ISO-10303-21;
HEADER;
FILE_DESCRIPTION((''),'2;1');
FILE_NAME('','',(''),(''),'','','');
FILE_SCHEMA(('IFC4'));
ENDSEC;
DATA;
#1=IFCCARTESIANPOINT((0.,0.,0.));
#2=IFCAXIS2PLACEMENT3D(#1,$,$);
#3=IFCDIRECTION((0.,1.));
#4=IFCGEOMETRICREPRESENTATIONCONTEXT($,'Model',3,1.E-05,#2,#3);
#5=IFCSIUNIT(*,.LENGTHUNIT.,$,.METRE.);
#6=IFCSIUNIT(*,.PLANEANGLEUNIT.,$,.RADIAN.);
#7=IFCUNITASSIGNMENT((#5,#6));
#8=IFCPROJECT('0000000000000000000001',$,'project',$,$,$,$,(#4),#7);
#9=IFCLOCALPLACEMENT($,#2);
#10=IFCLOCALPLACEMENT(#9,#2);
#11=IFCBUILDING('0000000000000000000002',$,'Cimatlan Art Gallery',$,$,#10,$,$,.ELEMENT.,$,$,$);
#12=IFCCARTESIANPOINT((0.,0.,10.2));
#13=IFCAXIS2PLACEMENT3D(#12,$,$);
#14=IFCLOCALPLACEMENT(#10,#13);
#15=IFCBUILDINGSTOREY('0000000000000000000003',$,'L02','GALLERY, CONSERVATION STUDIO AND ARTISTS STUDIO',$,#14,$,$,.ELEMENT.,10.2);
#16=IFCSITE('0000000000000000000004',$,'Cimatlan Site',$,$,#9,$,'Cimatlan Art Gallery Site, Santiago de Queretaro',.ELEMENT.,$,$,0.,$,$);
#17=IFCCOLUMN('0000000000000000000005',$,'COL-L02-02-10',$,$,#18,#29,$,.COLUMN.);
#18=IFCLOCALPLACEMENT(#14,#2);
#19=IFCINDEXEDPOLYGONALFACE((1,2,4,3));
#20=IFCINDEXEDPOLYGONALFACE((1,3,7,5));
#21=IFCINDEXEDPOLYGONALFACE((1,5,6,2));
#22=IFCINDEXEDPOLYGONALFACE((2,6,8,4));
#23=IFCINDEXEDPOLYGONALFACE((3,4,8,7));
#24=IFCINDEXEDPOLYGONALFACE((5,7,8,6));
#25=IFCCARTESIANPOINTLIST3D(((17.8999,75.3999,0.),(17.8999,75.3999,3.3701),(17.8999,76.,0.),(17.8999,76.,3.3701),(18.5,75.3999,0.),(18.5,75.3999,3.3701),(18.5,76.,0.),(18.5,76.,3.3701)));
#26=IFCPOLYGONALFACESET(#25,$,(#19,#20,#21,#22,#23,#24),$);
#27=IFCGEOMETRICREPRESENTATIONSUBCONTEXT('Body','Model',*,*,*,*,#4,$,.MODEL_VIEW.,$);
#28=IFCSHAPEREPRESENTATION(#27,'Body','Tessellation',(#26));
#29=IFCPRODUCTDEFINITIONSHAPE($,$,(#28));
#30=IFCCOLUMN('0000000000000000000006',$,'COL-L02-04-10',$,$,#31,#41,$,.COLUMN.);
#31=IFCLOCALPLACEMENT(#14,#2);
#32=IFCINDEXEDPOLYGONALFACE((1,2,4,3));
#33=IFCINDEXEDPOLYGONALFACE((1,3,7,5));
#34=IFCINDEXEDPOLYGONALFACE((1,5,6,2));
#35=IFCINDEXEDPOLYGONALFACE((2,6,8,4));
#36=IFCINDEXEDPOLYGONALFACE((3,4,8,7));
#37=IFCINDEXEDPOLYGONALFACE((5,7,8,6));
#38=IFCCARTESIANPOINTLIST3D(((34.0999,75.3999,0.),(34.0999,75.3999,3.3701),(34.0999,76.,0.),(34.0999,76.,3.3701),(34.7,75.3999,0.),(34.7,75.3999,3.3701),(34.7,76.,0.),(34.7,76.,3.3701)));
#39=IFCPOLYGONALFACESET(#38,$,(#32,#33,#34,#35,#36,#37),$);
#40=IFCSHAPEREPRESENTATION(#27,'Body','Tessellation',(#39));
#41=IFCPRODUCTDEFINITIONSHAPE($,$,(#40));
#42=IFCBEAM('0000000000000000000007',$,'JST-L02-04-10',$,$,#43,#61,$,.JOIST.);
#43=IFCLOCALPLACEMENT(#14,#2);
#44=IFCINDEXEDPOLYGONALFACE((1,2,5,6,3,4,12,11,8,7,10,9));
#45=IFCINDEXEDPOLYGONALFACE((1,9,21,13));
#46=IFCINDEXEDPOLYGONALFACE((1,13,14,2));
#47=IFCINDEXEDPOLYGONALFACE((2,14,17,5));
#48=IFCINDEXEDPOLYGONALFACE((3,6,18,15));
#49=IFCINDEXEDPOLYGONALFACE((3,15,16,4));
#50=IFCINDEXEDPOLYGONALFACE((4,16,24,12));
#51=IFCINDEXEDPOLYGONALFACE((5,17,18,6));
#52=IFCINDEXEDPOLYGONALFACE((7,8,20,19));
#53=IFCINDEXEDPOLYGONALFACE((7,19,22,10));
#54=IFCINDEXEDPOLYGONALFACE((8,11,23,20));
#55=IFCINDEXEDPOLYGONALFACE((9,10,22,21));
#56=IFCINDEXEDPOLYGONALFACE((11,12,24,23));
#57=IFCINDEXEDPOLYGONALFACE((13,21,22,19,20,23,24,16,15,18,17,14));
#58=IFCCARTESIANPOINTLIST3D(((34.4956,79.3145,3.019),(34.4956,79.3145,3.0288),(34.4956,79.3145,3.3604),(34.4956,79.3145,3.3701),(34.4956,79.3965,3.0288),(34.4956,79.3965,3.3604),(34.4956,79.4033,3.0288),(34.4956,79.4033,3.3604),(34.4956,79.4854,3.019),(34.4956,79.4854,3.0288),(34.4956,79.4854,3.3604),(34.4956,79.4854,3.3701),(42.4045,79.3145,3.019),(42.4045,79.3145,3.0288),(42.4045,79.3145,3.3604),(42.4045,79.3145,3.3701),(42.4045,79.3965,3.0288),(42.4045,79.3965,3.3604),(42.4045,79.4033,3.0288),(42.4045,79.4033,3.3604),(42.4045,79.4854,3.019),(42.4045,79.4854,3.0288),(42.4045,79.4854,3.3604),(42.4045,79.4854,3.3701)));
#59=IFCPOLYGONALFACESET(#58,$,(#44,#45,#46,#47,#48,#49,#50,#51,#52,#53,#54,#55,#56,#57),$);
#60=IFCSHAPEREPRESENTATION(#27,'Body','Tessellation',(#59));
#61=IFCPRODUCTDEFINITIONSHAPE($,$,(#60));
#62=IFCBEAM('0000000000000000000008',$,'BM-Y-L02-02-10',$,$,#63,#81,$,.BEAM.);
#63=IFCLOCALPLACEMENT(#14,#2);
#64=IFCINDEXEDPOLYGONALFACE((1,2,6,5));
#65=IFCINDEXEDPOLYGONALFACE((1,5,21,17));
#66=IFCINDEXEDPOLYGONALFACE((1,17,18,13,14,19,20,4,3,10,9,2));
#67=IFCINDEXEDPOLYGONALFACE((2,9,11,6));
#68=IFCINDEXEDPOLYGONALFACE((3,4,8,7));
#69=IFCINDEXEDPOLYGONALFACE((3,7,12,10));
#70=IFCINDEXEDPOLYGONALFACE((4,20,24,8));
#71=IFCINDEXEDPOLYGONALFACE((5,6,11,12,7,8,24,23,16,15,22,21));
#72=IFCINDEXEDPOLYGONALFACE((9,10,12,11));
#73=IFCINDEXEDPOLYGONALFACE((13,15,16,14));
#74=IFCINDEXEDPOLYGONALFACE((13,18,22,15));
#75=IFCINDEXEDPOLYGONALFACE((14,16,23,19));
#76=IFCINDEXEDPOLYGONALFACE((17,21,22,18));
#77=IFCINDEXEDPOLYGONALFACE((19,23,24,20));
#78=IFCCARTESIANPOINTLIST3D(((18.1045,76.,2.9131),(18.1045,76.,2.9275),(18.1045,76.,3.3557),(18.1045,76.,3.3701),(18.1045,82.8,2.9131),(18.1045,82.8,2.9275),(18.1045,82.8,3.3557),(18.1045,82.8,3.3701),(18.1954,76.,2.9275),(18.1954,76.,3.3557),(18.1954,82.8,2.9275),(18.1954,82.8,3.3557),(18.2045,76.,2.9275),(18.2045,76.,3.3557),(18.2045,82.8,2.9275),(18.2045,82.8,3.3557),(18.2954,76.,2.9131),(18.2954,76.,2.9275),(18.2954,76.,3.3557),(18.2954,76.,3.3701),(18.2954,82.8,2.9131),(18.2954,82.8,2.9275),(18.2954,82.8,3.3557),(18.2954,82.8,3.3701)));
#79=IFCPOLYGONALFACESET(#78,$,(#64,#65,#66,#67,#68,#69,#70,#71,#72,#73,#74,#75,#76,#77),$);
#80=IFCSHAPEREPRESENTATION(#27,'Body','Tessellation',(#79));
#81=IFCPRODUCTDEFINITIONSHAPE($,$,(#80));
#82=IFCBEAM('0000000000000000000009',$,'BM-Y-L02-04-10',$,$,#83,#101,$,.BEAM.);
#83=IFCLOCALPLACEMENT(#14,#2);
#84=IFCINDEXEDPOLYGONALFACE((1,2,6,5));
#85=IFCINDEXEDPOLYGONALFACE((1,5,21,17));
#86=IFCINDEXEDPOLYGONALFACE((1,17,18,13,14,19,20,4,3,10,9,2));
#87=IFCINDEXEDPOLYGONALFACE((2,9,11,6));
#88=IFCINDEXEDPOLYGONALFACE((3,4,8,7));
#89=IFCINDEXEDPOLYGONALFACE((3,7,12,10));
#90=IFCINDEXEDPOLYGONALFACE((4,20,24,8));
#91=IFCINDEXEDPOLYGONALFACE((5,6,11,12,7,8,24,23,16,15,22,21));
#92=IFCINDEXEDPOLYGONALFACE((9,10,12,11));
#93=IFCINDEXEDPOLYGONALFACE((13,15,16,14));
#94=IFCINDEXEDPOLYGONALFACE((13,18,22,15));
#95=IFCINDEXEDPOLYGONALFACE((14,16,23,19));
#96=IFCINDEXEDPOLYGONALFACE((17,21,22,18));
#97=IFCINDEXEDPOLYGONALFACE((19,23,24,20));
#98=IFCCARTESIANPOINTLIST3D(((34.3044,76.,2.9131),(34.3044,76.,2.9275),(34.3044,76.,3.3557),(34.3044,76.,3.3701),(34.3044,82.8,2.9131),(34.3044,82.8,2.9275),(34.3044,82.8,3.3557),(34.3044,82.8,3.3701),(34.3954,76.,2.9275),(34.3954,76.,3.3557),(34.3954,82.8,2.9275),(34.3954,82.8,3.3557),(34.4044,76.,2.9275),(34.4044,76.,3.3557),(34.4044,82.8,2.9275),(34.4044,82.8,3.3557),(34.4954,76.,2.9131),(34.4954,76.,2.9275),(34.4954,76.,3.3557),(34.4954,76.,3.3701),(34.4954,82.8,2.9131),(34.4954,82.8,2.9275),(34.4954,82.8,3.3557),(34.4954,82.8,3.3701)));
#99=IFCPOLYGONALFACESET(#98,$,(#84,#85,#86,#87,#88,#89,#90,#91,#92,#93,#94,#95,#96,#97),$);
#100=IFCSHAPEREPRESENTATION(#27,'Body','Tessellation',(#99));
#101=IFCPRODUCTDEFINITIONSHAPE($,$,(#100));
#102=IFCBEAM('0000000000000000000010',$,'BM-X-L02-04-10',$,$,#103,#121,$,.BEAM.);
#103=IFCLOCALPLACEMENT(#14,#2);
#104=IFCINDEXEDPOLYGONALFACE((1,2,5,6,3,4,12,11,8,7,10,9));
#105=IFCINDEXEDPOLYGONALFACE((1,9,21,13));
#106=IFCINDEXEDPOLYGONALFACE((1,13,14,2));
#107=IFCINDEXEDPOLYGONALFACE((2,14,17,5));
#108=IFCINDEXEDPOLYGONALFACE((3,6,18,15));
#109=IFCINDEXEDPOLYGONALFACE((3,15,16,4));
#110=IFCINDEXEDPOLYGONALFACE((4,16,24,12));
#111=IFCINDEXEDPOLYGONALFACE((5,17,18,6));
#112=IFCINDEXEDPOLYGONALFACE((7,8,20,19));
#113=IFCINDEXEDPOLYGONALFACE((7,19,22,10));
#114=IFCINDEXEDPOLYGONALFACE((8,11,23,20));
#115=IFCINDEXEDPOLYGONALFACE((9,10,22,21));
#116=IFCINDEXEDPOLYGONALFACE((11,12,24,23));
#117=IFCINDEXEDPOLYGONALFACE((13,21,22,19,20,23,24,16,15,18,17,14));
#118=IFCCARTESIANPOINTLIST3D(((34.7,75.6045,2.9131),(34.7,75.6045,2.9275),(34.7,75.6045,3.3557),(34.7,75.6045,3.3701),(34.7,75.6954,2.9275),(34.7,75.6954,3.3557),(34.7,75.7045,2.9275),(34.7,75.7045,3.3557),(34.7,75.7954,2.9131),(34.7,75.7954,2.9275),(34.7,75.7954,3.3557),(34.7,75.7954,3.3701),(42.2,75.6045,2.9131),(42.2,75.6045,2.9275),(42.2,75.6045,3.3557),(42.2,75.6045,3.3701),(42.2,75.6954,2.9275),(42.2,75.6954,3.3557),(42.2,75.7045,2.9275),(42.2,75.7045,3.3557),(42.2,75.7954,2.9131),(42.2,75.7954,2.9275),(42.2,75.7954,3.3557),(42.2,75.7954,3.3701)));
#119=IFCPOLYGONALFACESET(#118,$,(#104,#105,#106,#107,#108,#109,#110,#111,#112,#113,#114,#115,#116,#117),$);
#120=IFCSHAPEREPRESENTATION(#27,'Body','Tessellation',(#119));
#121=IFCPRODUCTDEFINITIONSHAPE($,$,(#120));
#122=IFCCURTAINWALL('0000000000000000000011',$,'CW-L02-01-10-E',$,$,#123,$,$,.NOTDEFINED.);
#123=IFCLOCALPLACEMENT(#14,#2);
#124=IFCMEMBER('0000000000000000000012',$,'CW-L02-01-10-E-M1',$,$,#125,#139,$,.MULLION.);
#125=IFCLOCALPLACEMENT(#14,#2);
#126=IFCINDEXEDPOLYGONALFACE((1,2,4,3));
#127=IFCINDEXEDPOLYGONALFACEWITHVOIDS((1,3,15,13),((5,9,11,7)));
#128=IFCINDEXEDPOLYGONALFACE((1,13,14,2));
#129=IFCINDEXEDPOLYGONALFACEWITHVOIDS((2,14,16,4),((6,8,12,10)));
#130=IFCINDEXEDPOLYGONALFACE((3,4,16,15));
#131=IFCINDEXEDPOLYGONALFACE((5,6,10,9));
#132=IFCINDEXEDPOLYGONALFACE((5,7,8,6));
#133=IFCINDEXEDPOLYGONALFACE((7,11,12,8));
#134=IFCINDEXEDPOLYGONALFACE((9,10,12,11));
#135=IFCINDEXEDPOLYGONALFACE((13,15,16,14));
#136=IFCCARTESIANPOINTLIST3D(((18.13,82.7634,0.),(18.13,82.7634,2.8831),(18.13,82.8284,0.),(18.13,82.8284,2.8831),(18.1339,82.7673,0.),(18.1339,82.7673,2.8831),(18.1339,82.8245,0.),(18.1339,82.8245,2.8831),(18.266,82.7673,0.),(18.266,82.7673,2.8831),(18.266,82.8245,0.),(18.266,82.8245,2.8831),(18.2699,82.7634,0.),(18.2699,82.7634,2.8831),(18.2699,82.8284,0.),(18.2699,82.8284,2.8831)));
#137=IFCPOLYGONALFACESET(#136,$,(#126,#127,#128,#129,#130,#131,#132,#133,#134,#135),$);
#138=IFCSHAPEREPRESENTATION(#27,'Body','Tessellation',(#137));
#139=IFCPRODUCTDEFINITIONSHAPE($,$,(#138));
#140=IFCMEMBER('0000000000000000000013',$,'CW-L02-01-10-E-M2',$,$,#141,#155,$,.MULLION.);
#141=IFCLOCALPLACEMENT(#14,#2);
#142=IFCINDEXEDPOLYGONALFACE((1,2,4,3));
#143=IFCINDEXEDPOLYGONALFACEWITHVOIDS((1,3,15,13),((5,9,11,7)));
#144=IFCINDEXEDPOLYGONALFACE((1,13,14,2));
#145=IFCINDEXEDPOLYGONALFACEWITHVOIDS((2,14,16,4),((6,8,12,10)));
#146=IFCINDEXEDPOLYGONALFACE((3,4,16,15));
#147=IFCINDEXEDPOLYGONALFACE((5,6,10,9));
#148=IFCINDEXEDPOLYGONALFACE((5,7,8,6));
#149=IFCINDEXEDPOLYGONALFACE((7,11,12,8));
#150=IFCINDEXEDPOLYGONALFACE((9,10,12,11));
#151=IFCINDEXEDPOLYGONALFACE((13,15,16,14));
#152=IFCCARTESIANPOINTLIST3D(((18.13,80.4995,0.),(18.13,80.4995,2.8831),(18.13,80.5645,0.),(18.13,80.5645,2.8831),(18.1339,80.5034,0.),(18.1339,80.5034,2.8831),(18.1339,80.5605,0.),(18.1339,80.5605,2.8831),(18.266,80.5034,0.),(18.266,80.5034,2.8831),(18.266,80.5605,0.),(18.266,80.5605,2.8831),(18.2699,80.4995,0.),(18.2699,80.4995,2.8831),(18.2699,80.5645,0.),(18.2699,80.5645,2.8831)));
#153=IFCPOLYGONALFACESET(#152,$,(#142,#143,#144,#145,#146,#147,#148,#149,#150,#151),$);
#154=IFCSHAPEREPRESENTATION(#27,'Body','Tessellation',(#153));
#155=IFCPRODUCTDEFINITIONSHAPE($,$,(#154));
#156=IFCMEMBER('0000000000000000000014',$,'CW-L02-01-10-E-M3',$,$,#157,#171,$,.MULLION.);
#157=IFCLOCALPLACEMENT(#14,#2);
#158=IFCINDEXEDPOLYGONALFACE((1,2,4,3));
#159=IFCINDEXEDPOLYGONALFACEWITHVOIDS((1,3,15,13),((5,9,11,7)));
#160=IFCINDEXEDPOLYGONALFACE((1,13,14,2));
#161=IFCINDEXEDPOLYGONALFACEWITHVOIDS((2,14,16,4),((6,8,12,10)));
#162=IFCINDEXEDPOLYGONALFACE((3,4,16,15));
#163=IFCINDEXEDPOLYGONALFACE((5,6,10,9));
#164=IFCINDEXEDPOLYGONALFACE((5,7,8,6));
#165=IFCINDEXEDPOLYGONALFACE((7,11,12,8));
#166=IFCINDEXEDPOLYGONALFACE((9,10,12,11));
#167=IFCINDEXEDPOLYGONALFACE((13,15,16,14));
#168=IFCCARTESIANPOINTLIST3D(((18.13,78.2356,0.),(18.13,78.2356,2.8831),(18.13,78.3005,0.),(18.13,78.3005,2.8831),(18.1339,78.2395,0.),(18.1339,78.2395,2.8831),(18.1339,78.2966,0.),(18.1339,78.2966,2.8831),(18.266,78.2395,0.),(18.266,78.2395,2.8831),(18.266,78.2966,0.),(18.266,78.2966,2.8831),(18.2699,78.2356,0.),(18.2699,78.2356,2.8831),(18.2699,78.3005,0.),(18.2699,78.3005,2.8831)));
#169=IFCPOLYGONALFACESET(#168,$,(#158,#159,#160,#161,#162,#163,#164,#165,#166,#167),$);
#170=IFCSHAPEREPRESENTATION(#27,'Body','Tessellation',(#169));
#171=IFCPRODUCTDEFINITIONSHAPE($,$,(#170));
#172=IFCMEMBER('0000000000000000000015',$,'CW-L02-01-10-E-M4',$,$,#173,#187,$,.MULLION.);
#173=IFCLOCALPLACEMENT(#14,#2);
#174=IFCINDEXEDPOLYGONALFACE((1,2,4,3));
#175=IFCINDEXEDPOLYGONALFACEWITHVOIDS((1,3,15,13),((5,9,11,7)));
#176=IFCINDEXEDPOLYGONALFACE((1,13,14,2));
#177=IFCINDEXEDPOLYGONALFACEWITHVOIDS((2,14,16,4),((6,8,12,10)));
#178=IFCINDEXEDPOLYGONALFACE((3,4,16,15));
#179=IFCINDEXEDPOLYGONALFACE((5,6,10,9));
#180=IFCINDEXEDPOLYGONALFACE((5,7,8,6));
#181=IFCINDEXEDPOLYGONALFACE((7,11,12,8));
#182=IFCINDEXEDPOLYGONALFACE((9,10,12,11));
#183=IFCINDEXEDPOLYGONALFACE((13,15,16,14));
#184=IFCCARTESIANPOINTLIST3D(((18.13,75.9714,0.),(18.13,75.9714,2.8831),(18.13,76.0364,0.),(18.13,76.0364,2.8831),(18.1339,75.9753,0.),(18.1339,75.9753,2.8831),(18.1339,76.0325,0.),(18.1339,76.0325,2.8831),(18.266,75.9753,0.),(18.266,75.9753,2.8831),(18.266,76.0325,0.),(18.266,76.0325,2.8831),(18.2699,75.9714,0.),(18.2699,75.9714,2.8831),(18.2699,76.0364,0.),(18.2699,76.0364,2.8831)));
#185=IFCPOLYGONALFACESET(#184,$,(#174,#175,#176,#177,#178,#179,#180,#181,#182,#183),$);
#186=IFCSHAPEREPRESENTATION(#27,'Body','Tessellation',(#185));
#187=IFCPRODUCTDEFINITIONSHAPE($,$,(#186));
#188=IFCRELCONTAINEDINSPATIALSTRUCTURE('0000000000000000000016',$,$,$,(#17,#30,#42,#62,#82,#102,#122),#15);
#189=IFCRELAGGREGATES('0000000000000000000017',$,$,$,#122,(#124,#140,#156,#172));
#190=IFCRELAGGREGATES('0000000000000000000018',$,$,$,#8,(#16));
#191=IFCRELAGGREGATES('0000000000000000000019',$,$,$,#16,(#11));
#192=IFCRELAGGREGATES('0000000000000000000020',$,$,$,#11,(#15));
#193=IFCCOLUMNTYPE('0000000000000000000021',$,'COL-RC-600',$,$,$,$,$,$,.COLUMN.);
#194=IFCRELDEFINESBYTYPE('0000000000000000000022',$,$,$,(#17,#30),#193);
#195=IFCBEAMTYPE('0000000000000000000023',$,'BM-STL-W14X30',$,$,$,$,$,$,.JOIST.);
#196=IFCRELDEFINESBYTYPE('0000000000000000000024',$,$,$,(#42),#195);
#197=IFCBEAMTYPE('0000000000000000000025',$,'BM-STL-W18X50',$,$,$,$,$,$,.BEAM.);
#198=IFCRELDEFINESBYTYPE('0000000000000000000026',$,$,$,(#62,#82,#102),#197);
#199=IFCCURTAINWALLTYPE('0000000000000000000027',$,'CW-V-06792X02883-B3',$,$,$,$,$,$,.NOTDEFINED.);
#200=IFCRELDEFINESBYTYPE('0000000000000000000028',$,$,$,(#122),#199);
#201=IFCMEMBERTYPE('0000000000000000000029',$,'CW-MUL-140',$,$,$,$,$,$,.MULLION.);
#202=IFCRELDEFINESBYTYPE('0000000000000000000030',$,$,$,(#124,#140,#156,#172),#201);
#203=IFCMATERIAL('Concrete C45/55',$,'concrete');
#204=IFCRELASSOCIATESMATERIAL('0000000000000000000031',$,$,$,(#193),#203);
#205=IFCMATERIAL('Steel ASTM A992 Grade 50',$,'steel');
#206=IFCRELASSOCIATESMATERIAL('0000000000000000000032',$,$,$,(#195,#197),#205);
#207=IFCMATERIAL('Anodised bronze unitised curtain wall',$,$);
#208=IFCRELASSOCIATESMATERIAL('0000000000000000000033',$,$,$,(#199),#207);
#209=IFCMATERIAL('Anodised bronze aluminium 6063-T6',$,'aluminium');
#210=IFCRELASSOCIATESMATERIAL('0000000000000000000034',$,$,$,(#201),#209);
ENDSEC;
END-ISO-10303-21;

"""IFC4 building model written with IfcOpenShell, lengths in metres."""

from ifc_helpers import new_model, si_unit, direction, frame, origin, origin_2d, place, context, subcontext, project, spatial, rectangle, hollow_rectangle, i_section, extrude, material, material_profile, profile_set, type_object, element, aggregate, save


model = new_model("IFC4")

# Units and contexts
model_context = context("Model", 3, precision=1e-05, world=origin(), true_north=direction((0.0, 1.0)))
body_context = subcontext(model_context, "Body", "Model", "MODEL_VIEW")
ifc_project = project(units=[si_unit("LENGTHUNIT", "METRE"), si_unit("PLANEANGLEUNIT", "RADIAN")], contexts=[model_context])

# Site, building, storey
site_placement = place(None, origin())
site = spatial("IfcSite", under=ifc_project, at=site_placement, Name="Cimatlan Site", LongName="Cimatlan Art Gallery Site, Santiago de Queretaro", CompositionType="ELEMENT", RefElevation=0.0)
building_placement = place(site_placement, origin())
building = spatial("IfcBuilding", under=site, at=building_placement, Name="Cimatlan Art Gallery", CompositionType="ELEMENT")
storey_placement = place(building_placement, frame((0.0, 0.0, 10.2)))
storey = spatial("IfcBuildingStorey", under=building, at=storey_placement, Name="L02", Description="GALLERY, CONSERVATION STUDIO AND ARTISTS STUDIO", CompositionType="ELEMENT", Elevation=10.2)

# Columns
ifc_material_1 = material(Name="Concrete C45/55", Category="concrete")
ifc_material_profile_1 = material_profile(ifc_material_1, rectangle(XDim=0.6001, YDim=0.6001, at=origin_2d()), Name="RC600X600")
ifc_profile_set_1 = profile_set([ifc_material_profile_1], Name="Concrete C45/55")
column_type = type_object("IfcColumnType", Name="COL-RC-600", PredefinedType="COLUMN", material=ifc_profile_set_1)
for number, where, z_axis, x_axis, name in (
    (1, (18.2, 75.7, 0.0), (0.0, 0.0, 1.0), (1.0, 0.0, 0.0), "COL-L02-02-10"),
    (2, (34.3999, 75.7, 0.0), (0.0, 0.0, 1.0), (1.0, 0.0, 0.0), "COL-L02-04-10"),
):
    element("IfcColumn", number, at=place(storey_placement, frame(where, z_axis=z_axis, x_axis=x_axis)), inside=storey, type_object=column_type, Name=name, PredefinedType="COLUMN", context=body_context, shape_type="SweptSolid", body=[
        extrude(rectangle(XDim=0.6001, YDim=0.6001, at=origin_2d()), origin(), (0.0, 0.0, 1.0), 3.3701),
    ])

# Beams
ifc_material_2 = material(Name="Steel ASTM A992 Grade 50", Category="steel")
ifc_material_profile_2 = material_profile(ifc_material_2, i_section(OverallWidth=0.1709, OverallDepth=0.3511, WebThickness=0.0068, FlangeThickness=0.0098, at=origin_2d()), Name="W14X30")
ifc_profile_set_2 = profile_set([ifc_material_profile_2], Name="Steel ASTM A992 Grade 50")
beam_type_1 = type_object("IfcBeamType", Name="BM-STL-W14X30", PredefinedType="JOIST", material=ifc_profile_set_2)
beam_1_placement = place(storey_placement, frame((34.4956, 79.3999, 3.1946), z_axis=(1.0, 0.0, 0.0), x_axis=(0.0, 1.0, 0.0)))
element("IfcBeam", 3, at=beam_1_placement, inside=storey, type_object=beam_type_1, Name="JST-L02-04-10", PredefinedType="JOIST", context=body_context, shape_type="SweptSolid", body=[
    extrude(i_section(OverallWidth=0.1709, OverallDepth=0.3511, WebThickness=0.0068, FlangeThickness=0.0098, at=origin_2d()), origin(), (0.0, 0.0, 1.0), 7.9089),
])
ifc_material_profile_3 = material_profile(ifc_material_2, i_section(OverallWidth=0.1909, OverallDepth=0.457, WebThickness=0.009, FlangeThickness=0.0144, at=origin_2d()), Name="W18X50")
ifc_profile_set_3 = profile_set([ifc_material_profile_3], Name="Steel ASTM A992 Grade 50")
beam_type_2 = type_object("IfcBeamType", Name="BM-STL-W18X50", PredefinedType="BEAM", material=ifc_profile_set_3)
for number, where, z_axis, x_axis, name in (
    (4, (18.2, 76.0, 3.1416), (0.0, 1.0, 0.0), (-1.0, 0.0, 0.0), "BM-Y-L02-02-10"),
    (5, (34.3999, 76.0, 3.1416), (0.0, 1.0, 0.0), (-1.0, 0.0, 0.0), "BM-Y-L02-04-10"),
):
    element("IfcBeam", number, at=place(storey_placement, frame(where, z_axis=z_axis, x_axis=x_axis)), inside=storey, type_object=beam_type_2, Name=name, PredefinedType="BEAM", context=body_context, shape_type="SweptSolid", body=[
        extrude(i_section(OverallWidth=0.1909, OverallDepth=0.457, WebThickness=0.009, FlangeThickness=0.0144, at=origin_2d()), origin(), (0.0, 0.0, 1.0), 6.8),
    ])
beam_2_placement = place(storey_placement, frame((34.7, 75.7, 3.1416), z_axis=(1.0, 0.0, 0.0), x_axis=(0.0, 1.0, 0.0)))
element("IfcBeam", 6, at=beam_2_placement, inside=storey, type_object=beam_type_2, Name="BM-X-L02-04-10", PredefinedType="BEAM", context=body_context, shape_type="SweptSolid", body=[
    extrude(i_section(OverallWidth=0.1909, OverallDepth=0.457, WebThickness=0.009, FlangeThickness=0.0144, at=origin_2d()), origin(), (0.0, 0.0, 1.0), 7.5),
])

# Curtain wall, members
ifc_material_3 = material(Name="Anodised bronze unitised curtain wall")
curtain_wall_type_1 = type_object("IfcCurtainWallType", Name="CW-V-06792X02883-B3", PredefinedType="NOTDEFINED", material=ifc_material_3)
curtain_wall_1_placement = place(storey_placement, origin())
curtain_wall_1 = element("IfcCurtainWall", 7, at=curtain_wall_1_placement, inside=storey, type_object=curtain_wall_type_1, Name="CW-L02-01-10-E", PredefinedType="NOTDEFINED")
ifc_material_4 = material(Name="Anodised bronze aluminium 6063-T6", Category="aluminium")
ifc_material_profile_4 = material_profile(ifc_material_4, hollow_rectangle(XDim=0.0649, YDim=0.1399, WallThickness=0.0039, at=origin_2d()), Name="ALU65X140X4")
ifc_profile_set_4 = profile_set([ifc_material_profile_4], Name="Anodised bronze aluminium 6063-T6")
member_type_1 = type_object("IfcMemberType", Name="CW-MUL-140", PredefinedType="MULLION", material=ifc_profile_set_4)
member_1_placement = place(storey_placement, frame((18.2, 82.7959, 0.0), z_axis=(0.0, 0.0, 1.0), x_axis=(0.0, 1.0, 0.0)))
member_1 = element("IfcMember", 8, at=member_1_placement, type_object=member_type_1, Name="CW-L02-01-10-E-M1", PredefinedType="MULLION", context=body_context, shape_type="SweptSolid", body=[
    extrude(hollow_rectangle(XDim=0.0649, YDim=0.1399, WallThickness=0.0039, at=origin_2d()), origin(), (0.0, 0.0, 1.0), 2.8831),
])
member_2_placement = place(storey_placement, frame((18.2, 80.532, 0.0), z_axis=(0.0, 0.0, 1.0), x_axis=(0.0, 1.0, 0.0)))
member_2 = element("IfcMember", 9, at=member_2_placement, type_object=member_type_1, Name="CW-L02-01-10-E-M2", PredefinedType="MULLION", context=body_context, shape_type="SweptSolid", body=[
    extrude(hollow_rectangle(XDim=0.0649, YDim=0.1399, WallThickness=0.0039, at=origin_2d()), origin(), (0.0, 0.0, 1.0), 2.8831),
])
member_3_placement = place(storey_placement, frame((18.2, 78.2681, 0.0), z_axis=(0.0, 0.0, 1.0), x_axis=(0.0, 1.0, 0.0)))
member_3 = element("IfcMember", 10, at=member_3_placement, type_object=member_type_1, Name="CW-L02-01-10-E-M3", PredefinedType="MULLION", context=body_context, shape_type="SweptSolid", body=[
    extrude(hollow_rectangle(XDim=0.0649, YDim=0.1399, WallThickness=0.0039, at=origin_2d()), origin(), (0.0, 0.0, 1.0), 2.8831),
])
member_4_placement = place(storey_placement, frame((18.2, 76.0039, 0.0), z_axis=(0.0, 0.0, 1.0), x_axis=(0.0, 1.0, 0.0)))
member_4 = element("IfcMember", 11, at=member_4_placement, type_object=member_type_1, Name="CW-L02-01-10-E-M4", PredefinedType="MULLION", context=body_context, shape_type="SweptSolid", body=[
    extrude(hollow_rectangle(XDim=0.0649, YDim=0.1399, WallThickness=0.0039, at=origin_2d()), origin(), (0.0, 0.0, 1.0), 2.8831),
])

aggregate(curtain_wall_1, [member_1, member_2, member_3, member_4])

save(model, "model.ifc")
